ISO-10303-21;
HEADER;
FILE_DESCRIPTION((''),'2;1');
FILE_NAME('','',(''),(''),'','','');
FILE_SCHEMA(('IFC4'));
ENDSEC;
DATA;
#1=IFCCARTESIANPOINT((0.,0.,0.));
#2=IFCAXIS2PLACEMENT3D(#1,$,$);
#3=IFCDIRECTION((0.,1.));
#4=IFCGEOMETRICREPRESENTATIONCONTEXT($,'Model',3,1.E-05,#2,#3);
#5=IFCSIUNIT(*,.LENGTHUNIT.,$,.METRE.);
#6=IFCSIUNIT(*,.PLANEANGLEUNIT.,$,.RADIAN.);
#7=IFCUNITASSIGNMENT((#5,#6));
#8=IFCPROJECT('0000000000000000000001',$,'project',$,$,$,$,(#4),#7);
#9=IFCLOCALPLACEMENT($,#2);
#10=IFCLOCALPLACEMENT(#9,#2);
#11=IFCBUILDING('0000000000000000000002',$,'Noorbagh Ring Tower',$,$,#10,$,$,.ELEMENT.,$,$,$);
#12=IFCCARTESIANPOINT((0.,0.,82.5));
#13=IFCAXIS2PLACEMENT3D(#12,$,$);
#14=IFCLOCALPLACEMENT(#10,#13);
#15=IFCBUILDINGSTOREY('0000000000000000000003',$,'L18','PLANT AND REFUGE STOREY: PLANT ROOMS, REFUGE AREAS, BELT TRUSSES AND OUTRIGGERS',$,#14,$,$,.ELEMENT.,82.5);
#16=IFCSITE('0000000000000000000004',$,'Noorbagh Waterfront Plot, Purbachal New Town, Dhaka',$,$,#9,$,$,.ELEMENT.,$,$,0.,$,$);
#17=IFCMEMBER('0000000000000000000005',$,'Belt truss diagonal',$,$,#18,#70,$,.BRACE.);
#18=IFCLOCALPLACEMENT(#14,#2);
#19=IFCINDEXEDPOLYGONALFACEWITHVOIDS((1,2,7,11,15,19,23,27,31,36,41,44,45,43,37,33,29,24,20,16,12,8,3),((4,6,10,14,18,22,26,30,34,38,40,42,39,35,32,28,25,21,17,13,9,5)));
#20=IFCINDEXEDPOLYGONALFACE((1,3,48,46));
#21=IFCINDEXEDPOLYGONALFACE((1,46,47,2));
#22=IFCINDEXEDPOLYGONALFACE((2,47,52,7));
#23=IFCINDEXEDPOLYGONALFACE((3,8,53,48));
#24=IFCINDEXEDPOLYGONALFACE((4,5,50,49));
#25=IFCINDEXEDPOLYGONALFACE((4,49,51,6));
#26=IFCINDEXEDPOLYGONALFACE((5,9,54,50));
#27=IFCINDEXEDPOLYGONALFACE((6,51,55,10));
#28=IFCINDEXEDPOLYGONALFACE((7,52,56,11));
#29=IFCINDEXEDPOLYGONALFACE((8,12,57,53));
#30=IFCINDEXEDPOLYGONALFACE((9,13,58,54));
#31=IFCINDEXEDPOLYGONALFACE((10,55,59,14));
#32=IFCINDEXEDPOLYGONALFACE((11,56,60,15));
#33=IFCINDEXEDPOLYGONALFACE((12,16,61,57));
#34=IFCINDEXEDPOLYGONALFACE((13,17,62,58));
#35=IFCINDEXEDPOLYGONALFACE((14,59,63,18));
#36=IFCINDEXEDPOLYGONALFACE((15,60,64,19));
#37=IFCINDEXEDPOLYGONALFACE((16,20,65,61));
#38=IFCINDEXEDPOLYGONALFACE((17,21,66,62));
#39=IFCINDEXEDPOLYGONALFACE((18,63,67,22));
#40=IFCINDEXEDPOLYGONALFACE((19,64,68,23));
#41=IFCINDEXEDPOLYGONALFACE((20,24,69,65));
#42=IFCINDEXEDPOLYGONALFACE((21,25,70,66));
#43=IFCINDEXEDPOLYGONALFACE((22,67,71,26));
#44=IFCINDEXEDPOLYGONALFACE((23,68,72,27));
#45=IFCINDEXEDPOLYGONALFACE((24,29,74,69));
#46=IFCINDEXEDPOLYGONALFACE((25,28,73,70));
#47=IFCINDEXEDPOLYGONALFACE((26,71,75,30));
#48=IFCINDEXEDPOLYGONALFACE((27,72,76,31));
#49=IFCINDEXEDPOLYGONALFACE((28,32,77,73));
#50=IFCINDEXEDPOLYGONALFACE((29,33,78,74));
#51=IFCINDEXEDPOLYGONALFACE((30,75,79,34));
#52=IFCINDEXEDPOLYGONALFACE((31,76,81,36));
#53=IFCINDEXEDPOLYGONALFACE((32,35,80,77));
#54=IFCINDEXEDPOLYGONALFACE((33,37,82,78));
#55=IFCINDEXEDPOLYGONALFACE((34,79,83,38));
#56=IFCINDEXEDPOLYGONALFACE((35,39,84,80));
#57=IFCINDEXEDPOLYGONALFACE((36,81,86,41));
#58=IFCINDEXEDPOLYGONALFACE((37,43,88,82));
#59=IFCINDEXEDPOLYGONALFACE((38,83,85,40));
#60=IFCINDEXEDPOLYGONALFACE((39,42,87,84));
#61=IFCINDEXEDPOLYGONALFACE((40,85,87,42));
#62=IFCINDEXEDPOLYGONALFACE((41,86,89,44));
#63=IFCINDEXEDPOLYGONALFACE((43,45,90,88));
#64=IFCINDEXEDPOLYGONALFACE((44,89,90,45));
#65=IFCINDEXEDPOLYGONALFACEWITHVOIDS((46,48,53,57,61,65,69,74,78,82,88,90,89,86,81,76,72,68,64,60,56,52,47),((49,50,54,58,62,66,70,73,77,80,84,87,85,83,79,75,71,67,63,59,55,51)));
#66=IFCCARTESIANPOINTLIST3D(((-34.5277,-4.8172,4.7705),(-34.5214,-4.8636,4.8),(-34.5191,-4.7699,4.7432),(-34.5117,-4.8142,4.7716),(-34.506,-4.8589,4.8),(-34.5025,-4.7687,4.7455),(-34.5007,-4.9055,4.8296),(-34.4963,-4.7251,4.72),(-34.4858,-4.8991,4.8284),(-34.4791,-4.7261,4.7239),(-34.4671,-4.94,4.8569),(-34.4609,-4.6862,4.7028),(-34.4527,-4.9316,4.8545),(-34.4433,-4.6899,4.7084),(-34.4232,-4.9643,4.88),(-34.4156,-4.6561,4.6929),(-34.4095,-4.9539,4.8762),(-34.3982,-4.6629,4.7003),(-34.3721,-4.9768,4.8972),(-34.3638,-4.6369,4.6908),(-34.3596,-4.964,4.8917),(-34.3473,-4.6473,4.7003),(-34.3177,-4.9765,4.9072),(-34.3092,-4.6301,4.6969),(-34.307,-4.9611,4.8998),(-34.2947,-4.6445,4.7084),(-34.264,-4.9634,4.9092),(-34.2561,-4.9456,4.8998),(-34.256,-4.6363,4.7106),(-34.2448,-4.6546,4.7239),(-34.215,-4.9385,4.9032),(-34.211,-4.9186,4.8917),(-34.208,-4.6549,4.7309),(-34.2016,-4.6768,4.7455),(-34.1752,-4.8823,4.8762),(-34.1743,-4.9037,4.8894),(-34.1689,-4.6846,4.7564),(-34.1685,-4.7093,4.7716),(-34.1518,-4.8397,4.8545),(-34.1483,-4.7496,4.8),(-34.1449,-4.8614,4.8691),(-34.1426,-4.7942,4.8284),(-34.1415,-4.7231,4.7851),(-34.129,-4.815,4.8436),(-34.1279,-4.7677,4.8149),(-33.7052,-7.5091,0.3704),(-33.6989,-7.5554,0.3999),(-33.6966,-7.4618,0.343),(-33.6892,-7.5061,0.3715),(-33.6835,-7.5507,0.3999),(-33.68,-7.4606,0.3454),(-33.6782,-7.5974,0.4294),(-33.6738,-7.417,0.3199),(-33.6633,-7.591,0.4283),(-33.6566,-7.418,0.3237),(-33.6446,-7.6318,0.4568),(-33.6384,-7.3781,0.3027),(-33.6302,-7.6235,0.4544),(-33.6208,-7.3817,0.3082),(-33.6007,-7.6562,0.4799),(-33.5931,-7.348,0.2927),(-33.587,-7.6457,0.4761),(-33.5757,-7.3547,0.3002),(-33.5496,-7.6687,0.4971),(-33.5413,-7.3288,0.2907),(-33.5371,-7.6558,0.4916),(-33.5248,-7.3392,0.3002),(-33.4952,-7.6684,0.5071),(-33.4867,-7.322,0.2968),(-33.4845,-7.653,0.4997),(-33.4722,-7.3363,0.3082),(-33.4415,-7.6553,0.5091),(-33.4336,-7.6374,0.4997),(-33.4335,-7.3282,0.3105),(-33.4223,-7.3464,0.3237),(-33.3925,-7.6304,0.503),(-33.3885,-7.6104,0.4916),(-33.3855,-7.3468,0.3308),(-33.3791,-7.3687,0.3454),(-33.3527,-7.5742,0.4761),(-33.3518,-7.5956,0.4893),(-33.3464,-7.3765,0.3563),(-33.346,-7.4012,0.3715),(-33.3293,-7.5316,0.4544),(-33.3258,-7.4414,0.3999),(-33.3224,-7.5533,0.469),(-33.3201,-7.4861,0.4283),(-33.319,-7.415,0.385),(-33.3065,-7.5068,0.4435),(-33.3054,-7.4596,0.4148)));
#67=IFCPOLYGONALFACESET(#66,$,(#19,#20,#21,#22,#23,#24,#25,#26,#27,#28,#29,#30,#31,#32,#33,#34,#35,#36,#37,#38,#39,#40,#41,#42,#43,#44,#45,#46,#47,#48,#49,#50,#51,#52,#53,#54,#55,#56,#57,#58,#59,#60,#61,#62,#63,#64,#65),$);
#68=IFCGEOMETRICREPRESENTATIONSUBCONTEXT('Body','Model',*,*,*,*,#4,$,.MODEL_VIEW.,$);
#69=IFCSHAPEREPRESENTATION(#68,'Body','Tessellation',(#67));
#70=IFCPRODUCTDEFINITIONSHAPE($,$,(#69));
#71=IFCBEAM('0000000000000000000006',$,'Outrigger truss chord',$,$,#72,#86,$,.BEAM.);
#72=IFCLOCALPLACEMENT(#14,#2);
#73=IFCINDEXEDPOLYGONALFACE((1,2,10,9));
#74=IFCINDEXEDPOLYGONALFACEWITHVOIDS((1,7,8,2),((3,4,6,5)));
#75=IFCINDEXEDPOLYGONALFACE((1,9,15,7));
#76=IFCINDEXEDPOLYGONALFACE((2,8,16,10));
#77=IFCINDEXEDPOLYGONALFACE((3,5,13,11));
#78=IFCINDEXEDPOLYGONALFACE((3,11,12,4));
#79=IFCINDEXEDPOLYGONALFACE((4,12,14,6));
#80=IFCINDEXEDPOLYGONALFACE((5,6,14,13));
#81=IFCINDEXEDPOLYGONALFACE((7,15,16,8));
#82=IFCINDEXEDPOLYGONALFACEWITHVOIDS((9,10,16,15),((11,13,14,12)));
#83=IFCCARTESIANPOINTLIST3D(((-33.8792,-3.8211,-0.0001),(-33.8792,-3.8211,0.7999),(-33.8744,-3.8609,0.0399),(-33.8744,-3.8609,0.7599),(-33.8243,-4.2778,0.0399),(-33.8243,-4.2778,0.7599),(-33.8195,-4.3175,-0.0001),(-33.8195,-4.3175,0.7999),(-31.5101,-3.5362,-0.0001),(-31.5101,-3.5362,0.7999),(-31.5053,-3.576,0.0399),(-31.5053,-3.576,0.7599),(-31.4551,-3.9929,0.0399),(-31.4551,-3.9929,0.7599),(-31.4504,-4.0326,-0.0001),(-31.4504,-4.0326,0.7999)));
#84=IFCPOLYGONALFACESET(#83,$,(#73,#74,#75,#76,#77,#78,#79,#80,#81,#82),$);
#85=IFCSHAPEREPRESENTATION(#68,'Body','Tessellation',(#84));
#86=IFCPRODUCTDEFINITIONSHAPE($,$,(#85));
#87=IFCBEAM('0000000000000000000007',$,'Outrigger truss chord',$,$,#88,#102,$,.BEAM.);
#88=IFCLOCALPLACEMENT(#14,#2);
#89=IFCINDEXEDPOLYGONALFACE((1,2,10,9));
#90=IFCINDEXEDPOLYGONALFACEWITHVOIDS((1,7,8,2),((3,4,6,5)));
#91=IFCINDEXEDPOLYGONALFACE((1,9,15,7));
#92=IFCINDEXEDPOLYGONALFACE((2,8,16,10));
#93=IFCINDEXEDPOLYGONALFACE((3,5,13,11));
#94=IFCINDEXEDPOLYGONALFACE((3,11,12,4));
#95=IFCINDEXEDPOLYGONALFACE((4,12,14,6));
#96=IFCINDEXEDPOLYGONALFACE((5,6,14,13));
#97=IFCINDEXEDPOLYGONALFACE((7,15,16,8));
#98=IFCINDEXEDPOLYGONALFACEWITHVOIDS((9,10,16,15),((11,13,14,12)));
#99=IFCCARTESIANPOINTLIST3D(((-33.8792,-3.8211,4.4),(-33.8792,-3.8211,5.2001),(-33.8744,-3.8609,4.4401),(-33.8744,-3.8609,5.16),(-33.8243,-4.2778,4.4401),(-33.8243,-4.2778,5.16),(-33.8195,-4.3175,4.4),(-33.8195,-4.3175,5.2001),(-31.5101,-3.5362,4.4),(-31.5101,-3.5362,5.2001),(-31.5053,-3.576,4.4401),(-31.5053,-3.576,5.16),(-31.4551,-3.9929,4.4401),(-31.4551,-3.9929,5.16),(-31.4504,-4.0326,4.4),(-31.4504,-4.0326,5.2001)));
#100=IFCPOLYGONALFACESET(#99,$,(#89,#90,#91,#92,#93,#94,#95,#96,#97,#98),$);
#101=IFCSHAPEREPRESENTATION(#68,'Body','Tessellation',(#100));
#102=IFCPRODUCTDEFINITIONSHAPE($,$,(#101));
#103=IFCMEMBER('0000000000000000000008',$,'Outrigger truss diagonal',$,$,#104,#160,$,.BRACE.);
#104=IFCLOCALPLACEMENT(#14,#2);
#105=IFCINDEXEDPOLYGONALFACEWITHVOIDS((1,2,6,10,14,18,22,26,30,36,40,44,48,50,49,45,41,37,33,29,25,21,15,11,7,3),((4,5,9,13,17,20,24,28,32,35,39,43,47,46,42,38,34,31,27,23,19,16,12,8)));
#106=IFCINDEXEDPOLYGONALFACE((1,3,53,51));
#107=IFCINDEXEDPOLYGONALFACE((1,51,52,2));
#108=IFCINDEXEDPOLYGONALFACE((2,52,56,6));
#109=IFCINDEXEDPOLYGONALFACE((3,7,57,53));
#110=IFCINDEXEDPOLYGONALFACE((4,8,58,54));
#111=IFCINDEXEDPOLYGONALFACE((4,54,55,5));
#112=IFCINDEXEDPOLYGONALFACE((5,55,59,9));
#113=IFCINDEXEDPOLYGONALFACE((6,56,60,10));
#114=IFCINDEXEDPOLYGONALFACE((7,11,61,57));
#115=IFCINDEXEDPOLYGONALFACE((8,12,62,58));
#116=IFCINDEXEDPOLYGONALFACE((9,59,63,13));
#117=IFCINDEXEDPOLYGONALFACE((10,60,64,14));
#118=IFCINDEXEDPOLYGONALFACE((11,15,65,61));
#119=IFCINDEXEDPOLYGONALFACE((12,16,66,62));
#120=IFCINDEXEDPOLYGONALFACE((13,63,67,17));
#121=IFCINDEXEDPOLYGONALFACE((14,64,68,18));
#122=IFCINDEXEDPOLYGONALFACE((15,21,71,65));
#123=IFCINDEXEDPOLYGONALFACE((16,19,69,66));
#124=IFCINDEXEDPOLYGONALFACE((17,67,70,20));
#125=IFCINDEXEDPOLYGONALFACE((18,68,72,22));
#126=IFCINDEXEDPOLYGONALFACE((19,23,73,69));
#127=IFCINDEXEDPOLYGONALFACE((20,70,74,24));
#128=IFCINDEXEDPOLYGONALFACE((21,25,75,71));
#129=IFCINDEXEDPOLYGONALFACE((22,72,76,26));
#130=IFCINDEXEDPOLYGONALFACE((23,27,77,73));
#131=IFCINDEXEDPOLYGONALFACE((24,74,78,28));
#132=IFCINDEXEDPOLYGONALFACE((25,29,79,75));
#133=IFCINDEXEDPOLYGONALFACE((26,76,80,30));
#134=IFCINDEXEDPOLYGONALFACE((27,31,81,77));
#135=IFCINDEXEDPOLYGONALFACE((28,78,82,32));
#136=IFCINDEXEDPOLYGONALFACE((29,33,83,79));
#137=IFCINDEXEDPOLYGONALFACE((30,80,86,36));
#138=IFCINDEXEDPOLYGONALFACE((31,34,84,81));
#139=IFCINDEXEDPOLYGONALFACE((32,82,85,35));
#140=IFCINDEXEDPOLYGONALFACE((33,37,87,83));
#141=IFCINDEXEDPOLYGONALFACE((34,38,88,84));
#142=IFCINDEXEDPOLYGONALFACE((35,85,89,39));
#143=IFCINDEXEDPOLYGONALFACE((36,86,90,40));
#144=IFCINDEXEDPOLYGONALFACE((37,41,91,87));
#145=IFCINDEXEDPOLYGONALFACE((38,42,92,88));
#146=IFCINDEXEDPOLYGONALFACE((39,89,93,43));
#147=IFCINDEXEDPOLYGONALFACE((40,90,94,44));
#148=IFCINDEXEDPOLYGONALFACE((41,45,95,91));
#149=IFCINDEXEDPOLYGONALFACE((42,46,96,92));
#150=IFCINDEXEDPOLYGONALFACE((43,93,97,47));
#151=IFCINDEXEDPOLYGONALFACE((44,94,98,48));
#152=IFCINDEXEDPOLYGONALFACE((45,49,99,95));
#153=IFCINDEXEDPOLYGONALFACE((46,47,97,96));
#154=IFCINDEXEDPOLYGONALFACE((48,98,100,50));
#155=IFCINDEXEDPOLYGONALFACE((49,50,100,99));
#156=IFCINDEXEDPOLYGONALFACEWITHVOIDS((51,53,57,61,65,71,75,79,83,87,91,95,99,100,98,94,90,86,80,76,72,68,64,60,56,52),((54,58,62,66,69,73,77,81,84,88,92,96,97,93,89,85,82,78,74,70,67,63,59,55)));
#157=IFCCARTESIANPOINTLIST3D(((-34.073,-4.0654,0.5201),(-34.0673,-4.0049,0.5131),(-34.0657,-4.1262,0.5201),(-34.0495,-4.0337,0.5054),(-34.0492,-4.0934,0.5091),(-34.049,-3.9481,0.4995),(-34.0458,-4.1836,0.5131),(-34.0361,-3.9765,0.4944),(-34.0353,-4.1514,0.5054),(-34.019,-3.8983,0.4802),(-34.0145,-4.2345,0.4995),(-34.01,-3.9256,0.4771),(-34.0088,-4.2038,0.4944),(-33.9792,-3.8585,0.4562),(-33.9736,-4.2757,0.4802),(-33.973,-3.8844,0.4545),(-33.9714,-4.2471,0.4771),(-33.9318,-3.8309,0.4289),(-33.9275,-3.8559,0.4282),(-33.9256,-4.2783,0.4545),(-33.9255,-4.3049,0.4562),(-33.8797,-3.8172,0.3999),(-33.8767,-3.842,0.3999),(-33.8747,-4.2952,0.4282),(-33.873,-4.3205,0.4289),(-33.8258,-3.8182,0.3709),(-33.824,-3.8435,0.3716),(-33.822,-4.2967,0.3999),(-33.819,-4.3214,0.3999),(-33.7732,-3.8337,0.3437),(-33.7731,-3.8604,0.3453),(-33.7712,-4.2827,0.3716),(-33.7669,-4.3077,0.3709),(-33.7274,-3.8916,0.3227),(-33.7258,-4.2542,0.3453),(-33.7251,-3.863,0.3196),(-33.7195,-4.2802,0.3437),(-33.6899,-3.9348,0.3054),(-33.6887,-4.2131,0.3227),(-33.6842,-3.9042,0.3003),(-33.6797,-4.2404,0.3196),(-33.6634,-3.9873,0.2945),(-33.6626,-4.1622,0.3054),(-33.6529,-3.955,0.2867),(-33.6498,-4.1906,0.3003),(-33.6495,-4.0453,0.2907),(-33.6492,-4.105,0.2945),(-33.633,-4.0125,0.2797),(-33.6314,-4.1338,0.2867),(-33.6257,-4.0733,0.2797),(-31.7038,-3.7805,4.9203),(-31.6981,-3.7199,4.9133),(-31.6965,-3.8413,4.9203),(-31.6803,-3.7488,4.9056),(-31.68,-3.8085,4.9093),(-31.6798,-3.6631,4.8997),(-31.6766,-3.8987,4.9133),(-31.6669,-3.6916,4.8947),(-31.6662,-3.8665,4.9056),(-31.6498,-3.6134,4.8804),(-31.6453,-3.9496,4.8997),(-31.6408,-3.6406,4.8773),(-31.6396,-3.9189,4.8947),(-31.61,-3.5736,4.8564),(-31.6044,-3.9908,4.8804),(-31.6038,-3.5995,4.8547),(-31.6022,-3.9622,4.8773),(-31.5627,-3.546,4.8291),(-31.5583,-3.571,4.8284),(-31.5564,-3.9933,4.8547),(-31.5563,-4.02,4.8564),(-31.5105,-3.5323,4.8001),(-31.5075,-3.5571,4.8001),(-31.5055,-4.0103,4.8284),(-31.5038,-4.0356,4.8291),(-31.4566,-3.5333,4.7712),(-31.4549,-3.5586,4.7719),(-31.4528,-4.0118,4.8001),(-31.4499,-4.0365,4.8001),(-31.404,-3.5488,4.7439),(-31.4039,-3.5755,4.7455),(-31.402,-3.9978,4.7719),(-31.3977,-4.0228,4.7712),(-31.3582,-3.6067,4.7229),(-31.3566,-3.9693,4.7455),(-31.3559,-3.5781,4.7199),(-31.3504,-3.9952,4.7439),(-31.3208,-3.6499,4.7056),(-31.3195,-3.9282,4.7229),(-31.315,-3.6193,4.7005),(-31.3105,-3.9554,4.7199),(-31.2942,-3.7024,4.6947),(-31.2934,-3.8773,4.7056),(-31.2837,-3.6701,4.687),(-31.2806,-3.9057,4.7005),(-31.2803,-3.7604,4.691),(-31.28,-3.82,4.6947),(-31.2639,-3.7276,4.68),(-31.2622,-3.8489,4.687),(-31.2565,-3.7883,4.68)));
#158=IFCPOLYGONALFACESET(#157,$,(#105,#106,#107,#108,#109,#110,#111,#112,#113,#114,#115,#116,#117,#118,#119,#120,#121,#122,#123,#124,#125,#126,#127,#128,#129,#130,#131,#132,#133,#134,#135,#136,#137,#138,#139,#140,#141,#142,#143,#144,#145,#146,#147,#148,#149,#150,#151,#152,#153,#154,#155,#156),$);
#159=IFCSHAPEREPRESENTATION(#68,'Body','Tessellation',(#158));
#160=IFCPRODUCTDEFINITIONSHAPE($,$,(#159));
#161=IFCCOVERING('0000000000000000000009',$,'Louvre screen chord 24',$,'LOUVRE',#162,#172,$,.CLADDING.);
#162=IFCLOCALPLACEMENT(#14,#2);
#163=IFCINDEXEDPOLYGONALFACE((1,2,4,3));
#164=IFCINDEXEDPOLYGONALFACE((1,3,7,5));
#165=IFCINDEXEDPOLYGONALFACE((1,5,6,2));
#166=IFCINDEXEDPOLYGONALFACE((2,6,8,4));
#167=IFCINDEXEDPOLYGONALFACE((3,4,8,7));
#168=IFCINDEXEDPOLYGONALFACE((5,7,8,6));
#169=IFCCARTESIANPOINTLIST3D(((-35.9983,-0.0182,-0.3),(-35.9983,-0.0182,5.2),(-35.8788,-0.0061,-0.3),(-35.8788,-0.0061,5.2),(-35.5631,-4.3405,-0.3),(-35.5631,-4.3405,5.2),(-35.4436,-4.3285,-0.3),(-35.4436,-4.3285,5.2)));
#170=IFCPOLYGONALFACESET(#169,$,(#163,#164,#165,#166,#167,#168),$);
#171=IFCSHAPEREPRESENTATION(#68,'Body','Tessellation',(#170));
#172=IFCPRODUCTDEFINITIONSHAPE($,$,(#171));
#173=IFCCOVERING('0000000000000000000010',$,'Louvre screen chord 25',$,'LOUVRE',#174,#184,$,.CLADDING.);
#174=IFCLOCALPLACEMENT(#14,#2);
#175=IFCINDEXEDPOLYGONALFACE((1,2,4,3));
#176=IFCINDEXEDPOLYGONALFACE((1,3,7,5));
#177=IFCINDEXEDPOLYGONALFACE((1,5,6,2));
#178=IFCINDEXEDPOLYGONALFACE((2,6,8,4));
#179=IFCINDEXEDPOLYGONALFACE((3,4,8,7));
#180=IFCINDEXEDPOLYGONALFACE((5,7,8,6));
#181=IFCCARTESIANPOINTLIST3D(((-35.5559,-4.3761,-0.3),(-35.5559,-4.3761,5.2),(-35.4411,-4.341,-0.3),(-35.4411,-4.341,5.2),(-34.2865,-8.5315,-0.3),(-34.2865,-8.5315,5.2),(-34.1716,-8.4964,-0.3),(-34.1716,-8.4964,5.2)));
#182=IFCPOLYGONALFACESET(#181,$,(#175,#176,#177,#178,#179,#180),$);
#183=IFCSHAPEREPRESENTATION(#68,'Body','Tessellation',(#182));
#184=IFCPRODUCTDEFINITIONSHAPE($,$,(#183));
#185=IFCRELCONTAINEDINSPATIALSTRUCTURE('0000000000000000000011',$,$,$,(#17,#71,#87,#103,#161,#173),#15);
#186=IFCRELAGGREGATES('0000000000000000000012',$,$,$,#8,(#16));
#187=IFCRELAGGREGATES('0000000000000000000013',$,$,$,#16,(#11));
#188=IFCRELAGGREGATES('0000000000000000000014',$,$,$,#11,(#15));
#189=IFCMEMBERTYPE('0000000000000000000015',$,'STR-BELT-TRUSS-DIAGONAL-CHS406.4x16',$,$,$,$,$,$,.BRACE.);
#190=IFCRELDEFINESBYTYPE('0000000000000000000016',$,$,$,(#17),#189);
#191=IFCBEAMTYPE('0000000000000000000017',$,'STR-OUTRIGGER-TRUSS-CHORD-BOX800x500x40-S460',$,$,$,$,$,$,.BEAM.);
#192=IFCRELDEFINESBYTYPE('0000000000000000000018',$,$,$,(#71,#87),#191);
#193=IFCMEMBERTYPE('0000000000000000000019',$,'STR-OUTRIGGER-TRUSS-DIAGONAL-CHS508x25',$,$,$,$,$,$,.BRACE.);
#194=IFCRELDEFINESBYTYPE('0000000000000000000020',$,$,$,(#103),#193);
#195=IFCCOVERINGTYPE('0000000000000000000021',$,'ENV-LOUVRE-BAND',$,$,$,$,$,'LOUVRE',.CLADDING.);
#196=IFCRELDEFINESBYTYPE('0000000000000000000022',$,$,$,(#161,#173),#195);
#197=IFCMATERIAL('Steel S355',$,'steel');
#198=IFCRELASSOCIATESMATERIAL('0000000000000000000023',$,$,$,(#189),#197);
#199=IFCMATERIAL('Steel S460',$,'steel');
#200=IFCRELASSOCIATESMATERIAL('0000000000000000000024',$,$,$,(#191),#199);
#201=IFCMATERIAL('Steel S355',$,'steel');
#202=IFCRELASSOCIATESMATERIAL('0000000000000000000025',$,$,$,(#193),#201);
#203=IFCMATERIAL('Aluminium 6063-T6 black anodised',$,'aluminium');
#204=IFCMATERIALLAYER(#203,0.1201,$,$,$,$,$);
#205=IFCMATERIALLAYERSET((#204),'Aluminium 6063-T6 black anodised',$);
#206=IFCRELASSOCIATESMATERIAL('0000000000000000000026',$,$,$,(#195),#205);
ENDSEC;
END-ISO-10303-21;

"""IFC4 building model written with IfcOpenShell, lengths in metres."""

from ifc_helpers import new_model, si_unit, direction, frame, origin, origin_2d, place, context, subcontext, project, spatial, rectangle, hollow_rectangle, hollow_circle, extrude, material, layer, layer_set, material_profile, profile_set, type_object, element, save


model = new_model("IFC4")

# Units and contexts
model_context = context("Model", 3, precision=1e-05, world=origin(), true_north=direction((0.0, 1.0)))
body_context = subcontext(model_context, "Body", "Model", "MODEL_VIEW")
ifc_project = project(units=[si_unit("LENGTHUNIT", "METRE"), si_unit("PLANEANGLEUNIT", "RADIAN")], contexts=[model_context])

# Site, building, storey
site_placement = place(None, origin())
site = spatial("IfcSite", under=ifc_project, at=site_placement, Name="Noorbagh Waterfront Plot, Purbachal New Town, Dhaka", CompositionType="ELEMENT", RefElevation=0.0)
building_placement = place(site_placement, origin())
building = spatial("IfcBuilding", under=site, at=building_placement, Name="Noorbagh Ring Tower", CompositionType="ELEMENT")
storey_placement = place(building_placement, frame((0.0, 0.0, 82.5)))
storey = spatial("IfcBuildingStorey", under=building, at=storey_placement, Name="L18", Description="PLANT AND REFUGE STOREY: PLANT ROOMS, REFUGE AREAS, BELT TRUSSES AND OUTRIGGERS", CompositionType="ELEMENT", Elevation=82.5)

# Member
ifc_material_1 = material(Name="Steel S355", Category="steel")
ifc_material_profile_1 = material_profile(ifc_material_1, hollow_circle(Radius=0.2031, WallThickness=0.0161, at=origin_2d()), Name="CHS406.4x16")
ifc_profile_set_1 = profile_set([ifc_material_profile_1], Name="Steel S355")
member_type_1 = type_object("IfcMemberType", Name="STR-BELT-TRUSS-DIAGONAL-CHS406.4x16", PredefinedType="BRACE", material=ifc_profile_set_1)
member_1_placement = place(storey_placement, frame((-33.5046, -7.4961, 0.3999), z_axis=(-0.157466, 0.515351, 0.842388), x_axis=(-0.956353, -0.292214, 0.0)))
element("IfcMember", 1, at=member_1_placement, inside=storey, type_object=member_type_1, Name="Belt truss diagonal", PredefinedType="BRACE", context=body_context, shape_type="SweptSolid", body=[
    extrude(hollow_circle(Radius=0.2031, WallThickness=0.0161, at=origin_2d()), origin(), (0.0, 0.0, 1.0), 5.2234),
])

# Beams
ifc_material_2 = material(Name="Steel S460", Category="steel")
ifc_material_profile_2 = material_profile(ifc_material_2, hollow_rectangle(XDim=0.5, YDim=0.8, WallThickness=0.04, at=origin_2d()), Name="BOX800x500x40")
ifc_profile_set_2 = profile_set([ifc_material_profile_2], Name="Steel S460")
beam_type_1 = type_object("IfcBeamType", Name="STR-OUTRIGGER-TRUSS-CHORD-BOX800x500x40-S460", PredefinedType="BEAM", material=ifc_profile_set_2)
for number, where, z_axis, x_axis, name in (
    (2, (-33.8494, -4.0693, 0.3999), (0.992846, 0.119399, 0.0), (-0.119399, 0.992846, 0.0), "Outrigger truss chord"),
    (3, (-33.8494, -4.0693, 4.8), (0.992846, 0.119399, 0.0), (-0.119399, 0.992846, 0.0), "Outrigger truss chord"),
):
    element("IfcBeam", number, at=place(storey_placement, frame(where, z_axis=z_axis, x_axis=x_axis)), inside=storey, type_object=beam_type_1, Name=name, PredefinedType="BEAM", context=body_context, shape_type="SweptSolid", body=[
        extrude(hollow_rectangle(XDim=0.5, YDim=0.8, WallThickness=0.04, at=origin_2d()), origin(), (0.0, 0.0, 1.0), 2.3862),
    ])

# Member
ifc_material_3 = material(Name="Steel S355", Category="steel")
ifc_material_profile_3 = material_profile(ifc_material_3, hollow_circle(Radius=0.2539, WallThickness=0.0249, at=origin_2d()), Name="CHS508x25")
ifc_profile_set_3 = profile_set([ifc_material_profile_3], Name="Steel S355")
member_type_2 = type_object("IfcMemberType", Name="STR-OUTRIGGER-TRUSS-DIAGONAL-CHS508x25", PredefinedType="BRACE", material=ifc_profile_set_3)
member_2_placement = place(storey_placement, frame((-33.8494, -4.0693, 0.3999), z_axis=(0.473305, 0.05692, 0.879058), x_axis=(-0.119399, 0.992846, 0.0)))
element("IfcMember", 4, at=member_2_placement, inside=storey, type_object=member_type_2, Name="Outrigger truss diagonal", PredefinedType="BRACE", context=body_context, shape_type="SweptSolid", body=[
    extrude(hollow_circle(Radius=0.2539, WallThickness=0.0249, at=origin_2d()), origin(), (0.0, 0.0, 1.0), 5.0056),
])

# Coverings
ifc_material_4 = material(Name="Aluminium 6063-T6 black anodised", Category="aluminium")
ifc_layer_1 = layer(ifc_material_4, 0.1201)
ifc_layer_set_1 = layer_set([ifc_layer_1], Name="Aluminium 6063-T6 black anodised")
covering_type_1 = type_object("IfcCoveringType", Name="ENV-LOUVRE-BAND", ElementType="LOUVRE", PredefinedType="CLADDING", material=ifc_layer_set_1)
covering_1_placement = place(storey_placement, frame((-35.7209, -2.1733, -0.3), z_axis=(0.0, 0.0, 1.0), x_axis=(0.100178, -0.99497, 0.0)))
element("IfcCovering", 5, at=covering_1_placement, inside=storey, type_object=covering_type_1, Name="Louvre screen chord 24", ObjectType="LOUVRE", PredefinedType="CLADDING", context=body_context, shape_type="SweptSolid", body=[
    extrude(rectangle(XDim=4.3442, YDim=0.1201, at=origin_2d()), origin(), (0.0, 0.0, 1.0), 5.5),
])
covering_2_placement = place(storey_placement, frame((-34.8638, -6.4363, -0.3), z_axis=(0.0, 0.0, 1.0), x_axis=(0.29217, -0.956366, 0.0)))
element("IfcCovering", 6, at=covering_2_placement, inside=storey, type_object=covering_type_1, Name="Louvre screen chord 25", ObjectType="LOUVRE", PredefinedType="CLADDING", context=body_context, shape_type="SweptSolid", body=[
    extrude(rectangle(XDim=4.345, YDim=0.1201, at=origin_2d()), origin(), (0.0, 0.0, 1.0), 5.5),
])

save(model, "model.ifc")
